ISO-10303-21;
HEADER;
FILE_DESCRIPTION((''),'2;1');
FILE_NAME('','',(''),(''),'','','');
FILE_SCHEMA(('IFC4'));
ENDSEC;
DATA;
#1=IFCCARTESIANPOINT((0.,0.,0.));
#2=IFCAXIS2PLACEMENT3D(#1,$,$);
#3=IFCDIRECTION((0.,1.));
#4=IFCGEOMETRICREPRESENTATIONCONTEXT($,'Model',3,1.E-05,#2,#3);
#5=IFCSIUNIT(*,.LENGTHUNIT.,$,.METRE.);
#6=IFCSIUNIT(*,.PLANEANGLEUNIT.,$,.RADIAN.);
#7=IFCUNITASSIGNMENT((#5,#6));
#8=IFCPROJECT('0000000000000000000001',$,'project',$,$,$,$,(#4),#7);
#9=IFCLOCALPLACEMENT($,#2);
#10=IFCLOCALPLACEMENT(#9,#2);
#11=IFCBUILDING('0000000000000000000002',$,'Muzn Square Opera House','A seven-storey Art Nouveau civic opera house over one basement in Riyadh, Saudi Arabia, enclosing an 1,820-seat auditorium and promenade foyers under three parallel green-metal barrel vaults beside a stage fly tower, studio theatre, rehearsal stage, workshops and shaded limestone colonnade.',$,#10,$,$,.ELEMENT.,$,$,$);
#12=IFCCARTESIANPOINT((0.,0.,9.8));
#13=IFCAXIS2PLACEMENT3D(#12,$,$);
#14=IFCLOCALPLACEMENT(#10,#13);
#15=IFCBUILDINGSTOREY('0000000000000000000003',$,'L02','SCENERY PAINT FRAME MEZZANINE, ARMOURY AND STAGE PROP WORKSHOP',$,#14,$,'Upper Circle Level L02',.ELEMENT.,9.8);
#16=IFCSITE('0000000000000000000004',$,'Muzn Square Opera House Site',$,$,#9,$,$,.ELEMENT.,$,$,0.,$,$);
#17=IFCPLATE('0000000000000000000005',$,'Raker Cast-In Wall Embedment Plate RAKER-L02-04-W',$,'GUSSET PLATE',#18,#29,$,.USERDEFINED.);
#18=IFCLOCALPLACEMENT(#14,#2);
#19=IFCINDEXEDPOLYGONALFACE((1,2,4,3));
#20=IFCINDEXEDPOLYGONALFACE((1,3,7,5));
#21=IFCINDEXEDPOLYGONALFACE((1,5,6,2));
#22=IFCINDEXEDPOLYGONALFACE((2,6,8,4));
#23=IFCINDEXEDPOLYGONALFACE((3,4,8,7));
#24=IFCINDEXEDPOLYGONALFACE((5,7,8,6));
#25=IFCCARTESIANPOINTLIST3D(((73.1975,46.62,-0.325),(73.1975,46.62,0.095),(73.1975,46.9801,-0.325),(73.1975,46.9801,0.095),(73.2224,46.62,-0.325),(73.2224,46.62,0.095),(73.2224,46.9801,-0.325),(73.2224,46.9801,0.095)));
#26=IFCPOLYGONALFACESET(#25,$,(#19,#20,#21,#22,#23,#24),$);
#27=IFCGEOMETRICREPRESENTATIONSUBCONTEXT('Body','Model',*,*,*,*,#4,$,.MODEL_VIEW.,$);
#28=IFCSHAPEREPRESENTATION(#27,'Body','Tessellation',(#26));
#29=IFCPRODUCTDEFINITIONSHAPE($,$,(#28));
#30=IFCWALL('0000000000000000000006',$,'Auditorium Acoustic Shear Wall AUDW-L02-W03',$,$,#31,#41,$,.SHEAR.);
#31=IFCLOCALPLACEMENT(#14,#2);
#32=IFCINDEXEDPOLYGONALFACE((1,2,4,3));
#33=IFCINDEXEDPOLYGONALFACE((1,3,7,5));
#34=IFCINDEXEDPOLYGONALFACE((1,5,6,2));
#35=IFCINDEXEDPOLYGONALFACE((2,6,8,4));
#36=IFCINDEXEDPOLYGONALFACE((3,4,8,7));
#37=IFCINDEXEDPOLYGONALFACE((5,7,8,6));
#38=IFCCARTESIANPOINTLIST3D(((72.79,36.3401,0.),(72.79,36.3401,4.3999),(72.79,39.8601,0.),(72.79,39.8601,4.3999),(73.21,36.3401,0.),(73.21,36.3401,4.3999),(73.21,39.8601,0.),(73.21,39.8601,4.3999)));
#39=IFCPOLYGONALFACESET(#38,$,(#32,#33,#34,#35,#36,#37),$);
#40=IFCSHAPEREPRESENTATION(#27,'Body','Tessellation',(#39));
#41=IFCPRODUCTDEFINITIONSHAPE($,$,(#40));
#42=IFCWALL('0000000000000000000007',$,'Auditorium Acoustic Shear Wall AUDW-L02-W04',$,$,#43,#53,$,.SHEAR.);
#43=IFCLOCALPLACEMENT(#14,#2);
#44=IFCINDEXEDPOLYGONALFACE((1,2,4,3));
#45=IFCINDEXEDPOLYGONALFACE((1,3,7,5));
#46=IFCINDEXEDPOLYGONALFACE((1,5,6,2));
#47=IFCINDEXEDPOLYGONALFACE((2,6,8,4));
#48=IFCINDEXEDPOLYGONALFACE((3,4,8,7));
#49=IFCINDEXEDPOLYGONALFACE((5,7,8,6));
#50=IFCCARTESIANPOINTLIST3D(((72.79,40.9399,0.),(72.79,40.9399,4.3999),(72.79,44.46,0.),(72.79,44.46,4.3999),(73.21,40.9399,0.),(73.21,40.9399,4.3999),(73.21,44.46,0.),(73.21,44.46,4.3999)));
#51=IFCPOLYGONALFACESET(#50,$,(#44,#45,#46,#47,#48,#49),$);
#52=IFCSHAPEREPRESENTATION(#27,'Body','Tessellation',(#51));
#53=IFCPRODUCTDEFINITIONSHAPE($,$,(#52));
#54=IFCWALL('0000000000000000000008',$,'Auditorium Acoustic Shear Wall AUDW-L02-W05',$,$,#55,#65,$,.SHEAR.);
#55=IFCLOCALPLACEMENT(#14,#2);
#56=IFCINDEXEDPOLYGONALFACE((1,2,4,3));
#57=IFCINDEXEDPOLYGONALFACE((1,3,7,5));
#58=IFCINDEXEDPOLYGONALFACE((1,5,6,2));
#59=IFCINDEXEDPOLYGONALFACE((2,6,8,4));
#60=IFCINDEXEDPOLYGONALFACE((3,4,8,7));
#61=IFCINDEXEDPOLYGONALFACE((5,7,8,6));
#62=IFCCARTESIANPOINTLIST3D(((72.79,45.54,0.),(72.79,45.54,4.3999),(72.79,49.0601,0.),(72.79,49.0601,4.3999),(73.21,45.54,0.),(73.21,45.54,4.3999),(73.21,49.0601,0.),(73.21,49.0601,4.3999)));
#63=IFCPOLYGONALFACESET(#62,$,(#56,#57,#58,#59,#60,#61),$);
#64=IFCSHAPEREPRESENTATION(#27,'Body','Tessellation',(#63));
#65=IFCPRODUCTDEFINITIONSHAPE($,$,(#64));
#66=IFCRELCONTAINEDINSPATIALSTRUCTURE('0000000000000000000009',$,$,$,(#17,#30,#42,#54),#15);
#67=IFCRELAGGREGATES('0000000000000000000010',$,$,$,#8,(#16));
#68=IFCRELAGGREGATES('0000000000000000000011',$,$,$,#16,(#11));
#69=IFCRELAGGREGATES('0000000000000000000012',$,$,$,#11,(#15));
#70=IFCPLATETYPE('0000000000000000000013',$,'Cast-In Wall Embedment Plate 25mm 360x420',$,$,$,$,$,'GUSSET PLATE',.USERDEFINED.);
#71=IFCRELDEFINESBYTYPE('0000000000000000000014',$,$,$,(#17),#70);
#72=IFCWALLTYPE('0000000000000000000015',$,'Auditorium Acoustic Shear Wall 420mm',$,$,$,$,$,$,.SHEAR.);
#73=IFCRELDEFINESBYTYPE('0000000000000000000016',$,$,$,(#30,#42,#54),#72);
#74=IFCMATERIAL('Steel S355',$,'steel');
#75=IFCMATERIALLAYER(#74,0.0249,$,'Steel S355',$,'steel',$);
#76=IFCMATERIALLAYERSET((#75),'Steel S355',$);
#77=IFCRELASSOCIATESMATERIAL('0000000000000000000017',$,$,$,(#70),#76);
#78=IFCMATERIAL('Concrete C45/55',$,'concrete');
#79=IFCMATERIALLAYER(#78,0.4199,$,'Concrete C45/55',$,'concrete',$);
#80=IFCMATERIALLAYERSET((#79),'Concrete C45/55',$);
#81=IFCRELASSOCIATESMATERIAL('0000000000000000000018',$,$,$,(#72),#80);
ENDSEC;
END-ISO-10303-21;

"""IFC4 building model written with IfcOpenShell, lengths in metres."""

from ifc_helpers import new_model, si_unit, direction, frame, frame_2d, origin, origin_2d, place, context, subcontext, project, spatial, rectangle, extrude, material, layer, layer_set, type_object, element, save


model = new_model("IFC4")

# Units and contexts
model_context = context("Model", 3, precision=1e-05, world=origin(), true_north=direction((0.0, 1.0)))
body_context = subcontext(model_context, "Body", "Model", "MODEL_VIEW")
ifc_project = project(units=[si_unit("LENGTHUNIT", "METRE"), si_unit("PLANEANGLEUNIT", "RADIAN")], contexts=[model_context])

# Site, building, storey
site_placement = place(None, origin())
site = spatial("IfcSite", under=ifc_project, at=site_placement, Name="Muzn Square Opera House Site", CompositionType="ELEMENT", RefElevation=0.0)
building_placement = place(site_placement, origin())
building = spatial("IfcBuilding", under=site, at=building_placement, Name="Muzn Square Opera House", Description="A seven-storey Art Nouveau civic opera house over one basement in Riyadh, Saudi Arabia, enclosing an 1,820-seat auditorium and promenade foyers under three parallel green-metal barrel vaults beside a stage fly tower, studio theatre, rehearsal stage, workshops and shaded limestone colonnade.", CompositionType="ELEMENT")
storey_placement = place(building_placement, frame((0.0, 0.0, 9.8)))
storey = spatial("IfcBuildingStorey", under=building, at=storey_placement, Name="L02", Description="SCENERY PAINT FRAME MEZZANINE, ARMOURY AND STAGE PROP WORKSHOP", LongName="Upper Circle Level L02", CompositionType="ELEMENT", Elevation=9.8)

# Shared definitions
ifc_material_1 = material(Name="Concrete C45/55", Category="concrete")

# Shared definitions
ifc_material_2 = material(Name="Steel S355", Category="steel")

# Plate
ifc_layer_1 = layer(ifc_material_2, 0.0249, Name="Steel S355", Category="steel")
ifc_layer_set_1 = layer_set([ifc_layer_1], Name="Steel S355")
plate_type = type_object("IfcPlateType", Name="Cast-In Wall Embedment Plate 25mm 360x420", ElementType="GUSSET PLATE", PredefinedType="USERDEFINED", material=ifc_layer_set_1)
for number, where, z_axis, x_axis, name in (
    (1, (73.21, 46.8, -0.325), (0.0, 0.0, 1.0), (1.0, 0.0, 0.0), "Raker Cast-In Wall Embedment Plate RAKER-L02-04-W"),
):
    element("IfcPlate", number, at=place(storey_placement, frame(where, z_axis=z_axis, x_axis=x_axis)), inside=storey, type_object=plate_type, Name=name, ObjectType="GUSSET PLATE", PredefinedType="USERDEFINED", context=body_context, shape_type="SweptSolid", body=[
        extrude(rectangle(XDim=0.0249, YDim=0.3601, at=origin_2d()), origin(), (0.0, 0.0, 1.0), 0.4199),
    ])

# Walls
ifc_layer_2 = layer(ifc_material_1, 0.4199, Name="Concrete C45/55", Category="concrete")
ifc_layer_set_2 = layer_set([ifc_layer_2], Name="Concrete C45/55")
wall_type = type_object("IfcWallType", Name="Auditorium Acoustic Shear Wall 420mm", PredefinedType="SHEAR", material=ifc_layer_set_2)
for number, where, z_axis, x_axis, name in (
    (2, (73.0, 36.3401, 0.0), (0.0, 0.0, 1.0), (0.0, 1.0, 0.0), "Auditorium Acoustic Shear Wall AUDW-L02-W03"),
    (3, (73.0, 40.9399, 0.0), (0.0, 0.0, 1.0), (0.0, 1.0, 0.0), "Auditorium Acoustic Shear Wall AUDW-L02-W04"),
    (4, (73.0, 45.54, 0.0), (0.0, 0.0, 1.0), (0.0, 1.0, 0.0), "Auditorium Acoustic Shear Wall AUDW-L02-W05"),
):
    element("IfcWall", number, at=place(storey_placement, frame(where, z_axis=z_axis, x_axis=x_axis)), inside=storey, type_object=wall_type, Name=name, PredefinedType="SHEAR", context=body_context, shape_type="SweptSolid", body=[
        extrude(rectangle(XDim=3.52, YDim=0.4199, at=frame_2d((1.76, 0.0))), origin(), (0.0, 0.0, 1.0), 4.3999),
    ])

save(model, "model.ifc")
